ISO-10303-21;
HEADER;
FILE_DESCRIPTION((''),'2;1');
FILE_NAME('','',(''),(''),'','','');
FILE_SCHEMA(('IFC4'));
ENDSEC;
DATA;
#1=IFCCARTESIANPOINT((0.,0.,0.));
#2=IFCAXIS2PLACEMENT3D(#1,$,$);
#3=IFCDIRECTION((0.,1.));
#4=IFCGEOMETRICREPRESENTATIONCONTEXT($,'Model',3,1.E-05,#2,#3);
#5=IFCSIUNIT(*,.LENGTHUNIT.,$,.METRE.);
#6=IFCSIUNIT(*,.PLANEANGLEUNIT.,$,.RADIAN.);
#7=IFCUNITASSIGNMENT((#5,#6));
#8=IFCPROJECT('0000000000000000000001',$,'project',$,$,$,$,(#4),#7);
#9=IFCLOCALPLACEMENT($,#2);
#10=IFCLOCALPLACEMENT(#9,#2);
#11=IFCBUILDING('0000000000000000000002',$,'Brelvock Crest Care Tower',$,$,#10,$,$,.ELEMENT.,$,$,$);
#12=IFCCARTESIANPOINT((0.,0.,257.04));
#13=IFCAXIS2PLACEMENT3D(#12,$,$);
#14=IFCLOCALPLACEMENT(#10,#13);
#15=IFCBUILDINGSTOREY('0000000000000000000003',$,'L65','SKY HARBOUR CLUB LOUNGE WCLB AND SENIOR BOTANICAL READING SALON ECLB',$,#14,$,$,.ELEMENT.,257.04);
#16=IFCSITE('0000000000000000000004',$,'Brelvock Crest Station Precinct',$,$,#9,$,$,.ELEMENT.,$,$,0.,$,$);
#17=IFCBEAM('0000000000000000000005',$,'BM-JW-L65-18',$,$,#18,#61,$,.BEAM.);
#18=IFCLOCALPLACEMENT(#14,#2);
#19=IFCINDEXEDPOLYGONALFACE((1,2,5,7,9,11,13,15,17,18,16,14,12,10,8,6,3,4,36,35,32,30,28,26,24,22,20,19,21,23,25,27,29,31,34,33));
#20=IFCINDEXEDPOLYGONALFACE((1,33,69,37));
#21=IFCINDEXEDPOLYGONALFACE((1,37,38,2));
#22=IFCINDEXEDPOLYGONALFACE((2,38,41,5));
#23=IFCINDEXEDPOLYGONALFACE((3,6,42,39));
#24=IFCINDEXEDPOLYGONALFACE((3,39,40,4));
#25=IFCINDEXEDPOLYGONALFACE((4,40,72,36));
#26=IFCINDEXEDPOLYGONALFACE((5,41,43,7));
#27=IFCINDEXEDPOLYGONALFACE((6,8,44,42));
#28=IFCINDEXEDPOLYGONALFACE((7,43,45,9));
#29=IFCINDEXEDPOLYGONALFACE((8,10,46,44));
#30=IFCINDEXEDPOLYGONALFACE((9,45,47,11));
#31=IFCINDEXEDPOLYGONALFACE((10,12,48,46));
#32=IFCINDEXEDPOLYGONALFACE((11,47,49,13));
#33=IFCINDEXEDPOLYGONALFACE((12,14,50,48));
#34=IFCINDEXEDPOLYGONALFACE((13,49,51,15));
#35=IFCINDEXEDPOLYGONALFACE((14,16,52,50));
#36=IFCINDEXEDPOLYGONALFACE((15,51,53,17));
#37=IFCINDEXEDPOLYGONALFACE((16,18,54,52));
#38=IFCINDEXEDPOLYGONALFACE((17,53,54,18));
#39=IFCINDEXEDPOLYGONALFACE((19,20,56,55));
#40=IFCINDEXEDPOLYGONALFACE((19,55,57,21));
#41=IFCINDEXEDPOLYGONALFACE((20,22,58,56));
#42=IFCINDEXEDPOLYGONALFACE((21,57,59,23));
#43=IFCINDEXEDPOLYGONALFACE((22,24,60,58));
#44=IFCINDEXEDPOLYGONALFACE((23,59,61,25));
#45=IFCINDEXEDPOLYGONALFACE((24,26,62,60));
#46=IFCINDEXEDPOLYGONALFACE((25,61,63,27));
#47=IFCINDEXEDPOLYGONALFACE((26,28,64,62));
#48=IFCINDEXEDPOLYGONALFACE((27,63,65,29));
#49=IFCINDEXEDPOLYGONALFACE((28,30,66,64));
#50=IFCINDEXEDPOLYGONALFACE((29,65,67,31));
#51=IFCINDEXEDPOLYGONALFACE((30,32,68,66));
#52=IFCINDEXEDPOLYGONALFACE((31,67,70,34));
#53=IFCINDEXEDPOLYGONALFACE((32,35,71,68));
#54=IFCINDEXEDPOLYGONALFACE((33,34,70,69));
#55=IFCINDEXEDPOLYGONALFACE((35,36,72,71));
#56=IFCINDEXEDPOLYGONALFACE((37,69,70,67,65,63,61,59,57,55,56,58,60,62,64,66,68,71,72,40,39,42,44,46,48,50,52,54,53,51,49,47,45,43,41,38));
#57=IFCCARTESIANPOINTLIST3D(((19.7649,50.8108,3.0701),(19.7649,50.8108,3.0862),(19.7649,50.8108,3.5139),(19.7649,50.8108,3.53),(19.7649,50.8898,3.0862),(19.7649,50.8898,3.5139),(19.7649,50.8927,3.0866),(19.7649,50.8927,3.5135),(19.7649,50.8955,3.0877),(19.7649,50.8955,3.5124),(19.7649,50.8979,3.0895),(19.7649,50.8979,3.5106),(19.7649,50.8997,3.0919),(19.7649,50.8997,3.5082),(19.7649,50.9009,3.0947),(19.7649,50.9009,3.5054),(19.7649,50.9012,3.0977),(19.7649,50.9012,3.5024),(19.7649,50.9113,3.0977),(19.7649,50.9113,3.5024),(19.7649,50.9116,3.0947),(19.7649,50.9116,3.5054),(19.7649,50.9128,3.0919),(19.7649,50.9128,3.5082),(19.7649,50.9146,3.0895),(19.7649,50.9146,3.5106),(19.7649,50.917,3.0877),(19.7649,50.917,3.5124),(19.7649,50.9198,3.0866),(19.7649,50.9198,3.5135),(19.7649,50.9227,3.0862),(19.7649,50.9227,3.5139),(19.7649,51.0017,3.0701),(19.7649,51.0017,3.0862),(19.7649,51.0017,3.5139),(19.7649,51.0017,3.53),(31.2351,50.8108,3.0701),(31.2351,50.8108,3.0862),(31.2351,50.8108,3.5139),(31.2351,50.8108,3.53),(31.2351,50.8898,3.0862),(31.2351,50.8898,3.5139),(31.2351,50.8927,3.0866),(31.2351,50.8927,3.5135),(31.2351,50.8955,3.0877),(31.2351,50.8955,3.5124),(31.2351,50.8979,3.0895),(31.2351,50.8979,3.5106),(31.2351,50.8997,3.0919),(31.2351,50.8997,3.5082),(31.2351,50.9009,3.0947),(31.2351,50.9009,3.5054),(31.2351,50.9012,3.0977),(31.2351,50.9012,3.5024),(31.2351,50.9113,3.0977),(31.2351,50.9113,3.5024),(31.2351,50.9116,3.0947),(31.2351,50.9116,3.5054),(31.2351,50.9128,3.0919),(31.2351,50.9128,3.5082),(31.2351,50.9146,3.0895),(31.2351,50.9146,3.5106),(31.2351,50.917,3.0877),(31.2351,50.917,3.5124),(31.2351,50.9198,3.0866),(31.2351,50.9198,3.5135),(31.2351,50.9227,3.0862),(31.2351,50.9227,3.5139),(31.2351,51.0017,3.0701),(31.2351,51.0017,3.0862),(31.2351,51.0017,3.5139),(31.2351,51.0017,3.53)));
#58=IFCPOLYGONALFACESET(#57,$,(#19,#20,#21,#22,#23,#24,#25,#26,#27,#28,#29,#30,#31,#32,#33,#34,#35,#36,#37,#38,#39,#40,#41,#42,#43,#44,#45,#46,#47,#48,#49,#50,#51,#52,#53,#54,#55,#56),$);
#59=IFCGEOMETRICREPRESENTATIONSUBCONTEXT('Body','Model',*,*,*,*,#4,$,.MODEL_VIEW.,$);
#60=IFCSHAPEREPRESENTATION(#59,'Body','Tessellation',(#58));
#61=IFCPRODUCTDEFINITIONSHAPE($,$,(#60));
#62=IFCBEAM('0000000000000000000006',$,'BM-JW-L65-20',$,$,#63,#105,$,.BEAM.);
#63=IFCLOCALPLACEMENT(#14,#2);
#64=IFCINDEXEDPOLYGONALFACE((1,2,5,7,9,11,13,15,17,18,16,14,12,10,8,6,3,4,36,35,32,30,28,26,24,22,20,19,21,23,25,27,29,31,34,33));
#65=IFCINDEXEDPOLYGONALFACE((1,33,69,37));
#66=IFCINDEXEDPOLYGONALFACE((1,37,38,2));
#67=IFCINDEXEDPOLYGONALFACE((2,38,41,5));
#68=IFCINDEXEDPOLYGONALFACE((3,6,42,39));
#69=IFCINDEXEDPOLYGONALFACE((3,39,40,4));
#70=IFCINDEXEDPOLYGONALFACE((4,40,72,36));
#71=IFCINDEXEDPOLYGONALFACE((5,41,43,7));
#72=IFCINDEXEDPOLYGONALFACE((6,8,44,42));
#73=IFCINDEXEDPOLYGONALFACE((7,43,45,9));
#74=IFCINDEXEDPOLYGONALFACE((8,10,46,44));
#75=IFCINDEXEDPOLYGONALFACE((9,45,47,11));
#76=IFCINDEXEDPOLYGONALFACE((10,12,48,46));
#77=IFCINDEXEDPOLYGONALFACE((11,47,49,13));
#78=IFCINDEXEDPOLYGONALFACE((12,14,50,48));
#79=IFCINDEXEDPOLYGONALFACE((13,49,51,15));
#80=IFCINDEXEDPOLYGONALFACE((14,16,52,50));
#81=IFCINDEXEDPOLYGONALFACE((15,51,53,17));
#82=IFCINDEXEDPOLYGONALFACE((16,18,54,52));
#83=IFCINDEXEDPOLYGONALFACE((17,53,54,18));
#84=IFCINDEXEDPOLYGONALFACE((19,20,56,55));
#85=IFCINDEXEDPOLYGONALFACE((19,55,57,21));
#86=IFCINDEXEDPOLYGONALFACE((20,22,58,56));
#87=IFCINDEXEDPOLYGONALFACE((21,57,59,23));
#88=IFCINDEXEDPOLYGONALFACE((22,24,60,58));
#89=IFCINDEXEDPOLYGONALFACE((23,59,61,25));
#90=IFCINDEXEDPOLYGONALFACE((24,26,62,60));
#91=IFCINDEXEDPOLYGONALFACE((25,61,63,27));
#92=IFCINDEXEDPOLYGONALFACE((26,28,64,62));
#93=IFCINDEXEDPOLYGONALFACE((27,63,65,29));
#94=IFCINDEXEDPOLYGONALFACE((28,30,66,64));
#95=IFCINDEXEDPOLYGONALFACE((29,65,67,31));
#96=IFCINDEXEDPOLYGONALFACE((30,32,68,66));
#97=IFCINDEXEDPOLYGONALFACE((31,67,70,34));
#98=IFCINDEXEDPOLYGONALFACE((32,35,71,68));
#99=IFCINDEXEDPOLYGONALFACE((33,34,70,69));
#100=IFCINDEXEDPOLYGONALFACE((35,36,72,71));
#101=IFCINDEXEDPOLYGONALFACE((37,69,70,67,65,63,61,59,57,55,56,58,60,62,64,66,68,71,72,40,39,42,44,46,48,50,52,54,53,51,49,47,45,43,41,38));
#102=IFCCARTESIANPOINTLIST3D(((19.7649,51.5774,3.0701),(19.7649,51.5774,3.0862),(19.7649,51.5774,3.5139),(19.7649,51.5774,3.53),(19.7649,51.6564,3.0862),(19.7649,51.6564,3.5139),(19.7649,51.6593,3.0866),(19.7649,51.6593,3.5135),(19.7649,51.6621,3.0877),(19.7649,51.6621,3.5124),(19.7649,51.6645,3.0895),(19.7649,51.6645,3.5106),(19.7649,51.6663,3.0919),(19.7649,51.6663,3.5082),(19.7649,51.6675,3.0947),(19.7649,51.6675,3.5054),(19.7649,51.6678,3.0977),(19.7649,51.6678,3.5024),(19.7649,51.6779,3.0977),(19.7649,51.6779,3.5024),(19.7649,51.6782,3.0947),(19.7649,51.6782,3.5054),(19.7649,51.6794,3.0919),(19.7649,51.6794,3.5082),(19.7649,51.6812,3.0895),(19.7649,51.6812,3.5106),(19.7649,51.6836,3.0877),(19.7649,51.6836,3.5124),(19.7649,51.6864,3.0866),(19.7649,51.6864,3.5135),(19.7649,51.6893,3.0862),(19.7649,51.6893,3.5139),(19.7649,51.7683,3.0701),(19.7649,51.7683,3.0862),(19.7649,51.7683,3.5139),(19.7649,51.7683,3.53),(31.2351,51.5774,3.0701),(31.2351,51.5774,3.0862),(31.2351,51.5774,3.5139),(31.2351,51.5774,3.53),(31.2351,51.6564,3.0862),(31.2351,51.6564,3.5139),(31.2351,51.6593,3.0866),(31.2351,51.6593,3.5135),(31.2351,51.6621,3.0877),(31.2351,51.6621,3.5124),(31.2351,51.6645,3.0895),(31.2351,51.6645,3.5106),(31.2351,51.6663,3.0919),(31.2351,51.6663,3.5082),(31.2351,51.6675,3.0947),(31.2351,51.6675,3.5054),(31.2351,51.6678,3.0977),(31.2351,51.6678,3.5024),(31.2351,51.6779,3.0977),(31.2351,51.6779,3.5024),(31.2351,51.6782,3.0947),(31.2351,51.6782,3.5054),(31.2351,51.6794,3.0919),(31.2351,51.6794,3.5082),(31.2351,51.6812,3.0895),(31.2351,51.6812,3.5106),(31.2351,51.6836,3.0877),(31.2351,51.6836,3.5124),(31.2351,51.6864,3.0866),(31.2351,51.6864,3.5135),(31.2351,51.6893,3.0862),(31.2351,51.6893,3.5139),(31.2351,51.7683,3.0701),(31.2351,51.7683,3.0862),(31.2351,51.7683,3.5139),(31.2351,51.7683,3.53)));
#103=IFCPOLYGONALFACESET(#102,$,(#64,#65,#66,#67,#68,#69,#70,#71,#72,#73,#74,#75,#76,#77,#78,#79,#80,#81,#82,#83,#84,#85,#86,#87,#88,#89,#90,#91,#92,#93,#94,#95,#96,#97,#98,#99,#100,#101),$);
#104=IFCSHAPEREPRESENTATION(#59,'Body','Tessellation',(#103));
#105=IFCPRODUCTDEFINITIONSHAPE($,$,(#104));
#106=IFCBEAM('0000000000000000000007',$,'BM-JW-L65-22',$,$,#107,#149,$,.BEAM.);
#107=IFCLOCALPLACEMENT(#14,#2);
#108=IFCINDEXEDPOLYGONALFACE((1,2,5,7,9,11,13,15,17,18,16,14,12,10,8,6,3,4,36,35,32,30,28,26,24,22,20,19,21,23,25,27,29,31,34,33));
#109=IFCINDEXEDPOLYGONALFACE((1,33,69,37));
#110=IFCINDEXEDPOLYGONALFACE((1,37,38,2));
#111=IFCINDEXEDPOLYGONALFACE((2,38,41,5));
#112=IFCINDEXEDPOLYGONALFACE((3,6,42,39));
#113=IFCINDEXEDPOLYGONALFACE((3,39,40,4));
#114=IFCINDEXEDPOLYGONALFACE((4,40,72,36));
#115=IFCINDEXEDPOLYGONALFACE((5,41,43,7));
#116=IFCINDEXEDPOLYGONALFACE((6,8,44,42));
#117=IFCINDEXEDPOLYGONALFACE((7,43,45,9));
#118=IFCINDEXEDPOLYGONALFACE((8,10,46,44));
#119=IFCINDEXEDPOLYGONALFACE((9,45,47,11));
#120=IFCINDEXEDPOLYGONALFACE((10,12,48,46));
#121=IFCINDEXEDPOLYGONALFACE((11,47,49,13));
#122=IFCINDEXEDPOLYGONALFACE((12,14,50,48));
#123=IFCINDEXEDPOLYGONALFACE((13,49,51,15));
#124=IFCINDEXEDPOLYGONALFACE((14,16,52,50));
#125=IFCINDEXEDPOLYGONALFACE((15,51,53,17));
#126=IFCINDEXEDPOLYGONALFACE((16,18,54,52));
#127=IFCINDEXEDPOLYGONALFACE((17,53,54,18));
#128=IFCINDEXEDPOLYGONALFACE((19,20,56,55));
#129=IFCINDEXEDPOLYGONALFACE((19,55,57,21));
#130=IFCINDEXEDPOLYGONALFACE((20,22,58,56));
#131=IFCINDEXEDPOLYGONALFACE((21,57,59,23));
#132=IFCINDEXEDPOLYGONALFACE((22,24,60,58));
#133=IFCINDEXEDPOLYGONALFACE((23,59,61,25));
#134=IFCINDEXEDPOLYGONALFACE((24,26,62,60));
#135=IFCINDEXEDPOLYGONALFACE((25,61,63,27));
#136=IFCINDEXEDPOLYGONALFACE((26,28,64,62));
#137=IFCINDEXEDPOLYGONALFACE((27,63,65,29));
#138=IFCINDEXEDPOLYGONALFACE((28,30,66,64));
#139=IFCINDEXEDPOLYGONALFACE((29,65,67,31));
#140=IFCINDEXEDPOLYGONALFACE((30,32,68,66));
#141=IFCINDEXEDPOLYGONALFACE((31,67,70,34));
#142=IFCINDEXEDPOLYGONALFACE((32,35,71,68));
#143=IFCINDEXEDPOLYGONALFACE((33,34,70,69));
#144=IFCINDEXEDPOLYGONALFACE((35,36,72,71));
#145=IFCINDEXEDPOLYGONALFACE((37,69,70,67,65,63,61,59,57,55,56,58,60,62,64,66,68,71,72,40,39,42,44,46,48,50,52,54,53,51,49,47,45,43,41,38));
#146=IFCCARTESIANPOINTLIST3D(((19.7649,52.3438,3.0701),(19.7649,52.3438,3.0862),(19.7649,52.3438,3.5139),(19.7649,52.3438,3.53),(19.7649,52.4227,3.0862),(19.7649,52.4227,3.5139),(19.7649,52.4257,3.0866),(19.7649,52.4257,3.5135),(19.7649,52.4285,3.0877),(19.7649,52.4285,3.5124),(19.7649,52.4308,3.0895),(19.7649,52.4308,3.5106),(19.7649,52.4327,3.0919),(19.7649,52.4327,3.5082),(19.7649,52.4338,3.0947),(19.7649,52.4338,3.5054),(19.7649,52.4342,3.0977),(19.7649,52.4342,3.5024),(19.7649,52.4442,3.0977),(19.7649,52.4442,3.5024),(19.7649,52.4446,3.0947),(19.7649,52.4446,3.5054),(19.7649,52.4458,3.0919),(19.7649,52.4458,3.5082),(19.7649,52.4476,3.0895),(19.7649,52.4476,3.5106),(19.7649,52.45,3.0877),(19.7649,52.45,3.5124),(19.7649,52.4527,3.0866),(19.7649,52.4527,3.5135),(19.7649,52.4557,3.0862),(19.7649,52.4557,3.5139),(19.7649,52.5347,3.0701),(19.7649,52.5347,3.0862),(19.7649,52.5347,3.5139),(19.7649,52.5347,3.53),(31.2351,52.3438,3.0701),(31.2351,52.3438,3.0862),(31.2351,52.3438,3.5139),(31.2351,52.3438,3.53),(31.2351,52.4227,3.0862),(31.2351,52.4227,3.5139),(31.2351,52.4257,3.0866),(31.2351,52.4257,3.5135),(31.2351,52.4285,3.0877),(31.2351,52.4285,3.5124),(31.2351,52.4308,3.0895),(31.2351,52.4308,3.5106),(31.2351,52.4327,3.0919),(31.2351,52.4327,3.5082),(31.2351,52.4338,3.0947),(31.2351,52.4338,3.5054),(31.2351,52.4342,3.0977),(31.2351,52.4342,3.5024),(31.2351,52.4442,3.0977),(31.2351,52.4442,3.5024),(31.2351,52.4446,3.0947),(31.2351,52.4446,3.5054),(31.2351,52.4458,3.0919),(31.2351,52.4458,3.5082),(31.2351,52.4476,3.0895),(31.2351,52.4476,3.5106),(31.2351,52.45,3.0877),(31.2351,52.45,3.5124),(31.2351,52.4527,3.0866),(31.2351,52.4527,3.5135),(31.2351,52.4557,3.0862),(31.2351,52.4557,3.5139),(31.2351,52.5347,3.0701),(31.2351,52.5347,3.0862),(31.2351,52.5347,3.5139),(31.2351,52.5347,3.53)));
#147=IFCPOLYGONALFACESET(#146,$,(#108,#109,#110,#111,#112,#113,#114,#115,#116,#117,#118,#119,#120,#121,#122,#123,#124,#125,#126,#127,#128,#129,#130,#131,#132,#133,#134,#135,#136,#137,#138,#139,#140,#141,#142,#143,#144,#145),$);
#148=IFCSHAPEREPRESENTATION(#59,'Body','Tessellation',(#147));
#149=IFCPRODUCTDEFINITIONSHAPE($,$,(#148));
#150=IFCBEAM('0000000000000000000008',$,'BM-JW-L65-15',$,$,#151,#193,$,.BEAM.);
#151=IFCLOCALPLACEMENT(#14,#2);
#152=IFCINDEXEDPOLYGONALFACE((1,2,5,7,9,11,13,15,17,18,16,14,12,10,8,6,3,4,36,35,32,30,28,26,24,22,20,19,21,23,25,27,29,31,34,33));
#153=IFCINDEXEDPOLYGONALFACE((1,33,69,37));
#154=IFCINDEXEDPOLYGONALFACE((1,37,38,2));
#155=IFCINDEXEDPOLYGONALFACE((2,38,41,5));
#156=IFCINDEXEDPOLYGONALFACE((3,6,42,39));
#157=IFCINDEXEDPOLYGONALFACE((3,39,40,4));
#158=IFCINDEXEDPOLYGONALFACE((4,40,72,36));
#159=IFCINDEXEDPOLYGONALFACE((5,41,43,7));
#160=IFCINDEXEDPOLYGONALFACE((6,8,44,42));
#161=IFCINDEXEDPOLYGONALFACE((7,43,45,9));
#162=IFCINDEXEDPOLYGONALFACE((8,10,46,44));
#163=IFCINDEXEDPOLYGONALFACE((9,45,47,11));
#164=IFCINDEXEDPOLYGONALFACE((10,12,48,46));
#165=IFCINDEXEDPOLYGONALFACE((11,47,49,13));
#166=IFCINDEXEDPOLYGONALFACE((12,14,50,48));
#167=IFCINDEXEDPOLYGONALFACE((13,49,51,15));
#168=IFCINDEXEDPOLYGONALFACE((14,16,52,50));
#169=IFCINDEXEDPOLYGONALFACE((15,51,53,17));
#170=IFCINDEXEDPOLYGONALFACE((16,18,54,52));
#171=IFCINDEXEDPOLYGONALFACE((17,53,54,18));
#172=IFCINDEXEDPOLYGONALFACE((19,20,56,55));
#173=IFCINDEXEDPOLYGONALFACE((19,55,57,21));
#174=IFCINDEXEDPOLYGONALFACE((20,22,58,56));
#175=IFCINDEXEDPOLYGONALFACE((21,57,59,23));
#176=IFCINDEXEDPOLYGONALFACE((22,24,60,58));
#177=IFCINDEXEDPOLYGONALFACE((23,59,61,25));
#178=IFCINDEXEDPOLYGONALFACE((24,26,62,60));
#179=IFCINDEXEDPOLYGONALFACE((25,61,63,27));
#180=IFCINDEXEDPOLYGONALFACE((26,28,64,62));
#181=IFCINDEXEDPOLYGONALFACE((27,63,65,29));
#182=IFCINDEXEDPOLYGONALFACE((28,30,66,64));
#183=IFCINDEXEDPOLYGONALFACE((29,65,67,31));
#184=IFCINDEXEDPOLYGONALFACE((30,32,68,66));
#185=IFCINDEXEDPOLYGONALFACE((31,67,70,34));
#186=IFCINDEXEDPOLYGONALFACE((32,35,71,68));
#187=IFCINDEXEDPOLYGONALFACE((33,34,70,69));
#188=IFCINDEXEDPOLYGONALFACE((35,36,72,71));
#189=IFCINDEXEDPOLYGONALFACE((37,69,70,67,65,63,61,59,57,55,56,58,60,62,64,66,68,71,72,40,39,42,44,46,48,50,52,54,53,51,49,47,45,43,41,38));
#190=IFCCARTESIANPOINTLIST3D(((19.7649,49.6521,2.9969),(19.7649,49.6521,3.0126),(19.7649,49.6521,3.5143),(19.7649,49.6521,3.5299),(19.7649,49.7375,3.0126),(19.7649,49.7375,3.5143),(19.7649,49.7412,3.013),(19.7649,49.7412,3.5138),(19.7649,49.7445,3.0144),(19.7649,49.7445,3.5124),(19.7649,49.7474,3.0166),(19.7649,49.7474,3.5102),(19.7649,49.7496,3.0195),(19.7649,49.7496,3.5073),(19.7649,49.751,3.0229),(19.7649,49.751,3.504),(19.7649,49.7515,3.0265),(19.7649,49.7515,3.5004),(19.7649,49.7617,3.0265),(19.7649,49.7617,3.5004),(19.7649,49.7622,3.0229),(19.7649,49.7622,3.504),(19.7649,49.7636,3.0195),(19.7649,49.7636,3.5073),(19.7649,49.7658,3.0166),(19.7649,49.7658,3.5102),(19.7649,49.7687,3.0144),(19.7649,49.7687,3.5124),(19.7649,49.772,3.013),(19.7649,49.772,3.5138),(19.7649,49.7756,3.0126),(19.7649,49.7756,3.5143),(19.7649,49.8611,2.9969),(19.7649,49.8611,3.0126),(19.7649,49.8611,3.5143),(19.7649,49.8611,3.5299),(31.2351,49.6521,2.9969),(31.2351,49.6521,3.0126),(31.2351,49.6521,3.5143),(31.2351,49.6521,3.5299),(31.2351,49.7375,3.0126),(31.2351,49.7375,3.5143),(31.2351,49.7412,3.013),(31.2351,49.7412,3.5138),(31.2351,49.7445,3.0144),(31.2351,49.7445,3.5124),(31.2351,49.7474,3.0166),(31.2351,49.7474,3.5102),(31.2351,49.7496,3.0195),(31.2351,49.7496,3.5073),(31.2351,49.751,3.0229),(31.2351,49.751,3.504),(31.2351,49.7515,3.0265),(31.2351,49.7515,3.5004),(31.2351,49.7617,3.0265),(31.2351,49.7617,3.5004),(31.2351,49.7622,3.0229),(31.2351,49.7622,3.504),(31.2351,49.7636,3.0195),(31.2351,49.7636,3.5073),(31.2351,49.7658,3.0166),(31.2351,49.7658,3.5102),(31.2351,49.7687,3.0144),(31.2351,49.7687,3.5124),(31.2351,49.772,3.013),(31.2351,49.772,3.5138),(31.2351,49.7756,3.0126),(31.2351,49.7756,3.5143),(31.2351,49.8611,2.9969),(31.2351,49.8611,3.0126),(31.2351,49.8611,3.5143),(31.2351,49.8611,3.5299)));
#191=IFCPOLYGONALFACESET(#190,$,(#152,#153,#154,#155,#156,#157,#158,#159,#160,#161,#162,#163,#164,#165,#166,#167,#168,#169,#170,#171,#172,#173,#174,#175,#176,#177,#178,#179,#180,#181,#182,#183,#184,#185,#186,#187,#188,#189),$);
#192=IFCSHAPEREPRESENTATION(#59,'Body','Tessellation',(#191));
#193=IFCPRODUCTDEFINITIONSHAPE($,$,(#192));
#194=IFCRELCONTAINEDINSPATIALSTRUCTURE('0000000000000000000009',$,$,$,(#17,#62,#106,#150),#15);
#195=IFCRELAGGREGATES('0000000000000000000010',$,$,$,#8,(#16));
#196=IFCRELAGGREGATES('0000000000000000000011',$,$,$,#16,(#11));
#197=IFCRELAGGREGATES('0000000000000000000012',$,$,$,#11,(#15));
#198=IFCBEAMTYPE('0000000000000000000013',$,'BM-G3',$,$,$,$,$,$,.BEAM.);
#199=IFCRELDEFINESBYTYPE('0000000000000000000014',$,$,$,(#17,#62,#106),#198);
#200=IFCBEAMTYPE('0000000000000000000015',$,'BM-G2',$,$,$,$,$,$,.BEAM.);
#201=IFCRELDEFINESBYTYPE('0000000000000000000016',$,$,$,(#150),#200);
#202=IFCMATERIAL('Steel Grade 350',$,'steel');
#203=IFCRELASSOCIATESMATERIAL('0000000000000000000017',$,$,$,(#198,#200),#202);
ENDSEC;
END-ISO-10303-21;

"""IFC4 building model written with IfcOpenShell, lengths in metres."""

from ifc_helpers import new_model, si_unit, direction, frame, origin, origin_2d, place, context, subcontext, project, spatial, i_section, extrude, source, transform, mapped, material, material_profile, profile_set, type_object, element, save


model = new_model("IFC4")

# Units and contexts
model_context = context("Model", 3, precision=1e-05, world=origin(), true_north=direction((0.0, 1.0)))
body_context = subcontext(model_context, "Body", "Model", "MODEL_VIEW")
ifc_project = project(units=[si_unit("LENGTHUNIT", "METRE"), si_unit("PLANEANGLEUNIT", "RADIAN")], contexts=[model_context])

# Site, building, storey
site_placement = place(None, origin())
site = spatial("IfcSite", under=ifc_project, at=site_placement, Name="Brelvock Crest Station Precinct", CompositionType="ELEMENT", RefElevation=0.0)
building_placement = place(site_placement, origin())
building = spatial("IfcBuilding", under=site, at=building_placement, Name="Brelvock Crest Care Tower", CompositionType="ELEMENT")
storey_placement = place(building_placement, frame((0.0, 0.0, 257.04)))
storey = spatial("IfcBuildingStorey", under=building, at=storey_placement, Name="L65", Description="SKY HARBOUR CLUB LOUNGE WCLB AND SENIOR BOTANICAL READING SALON ECLB", CompositionType="ELEMENT", Elevation=257.04)

# Beams
ifc_material = material(Name="Steel Grade 350", Category="steel")
ifc_material_profile_1 = material_profile(ifc_material, i_section(OverallWidth=0.1909, OverallDepth=0.46, WebThickness=0.01, FlangeThickness=0.0161, FilletRadius=0.0115, at=origin_2d()), Name="460UB82.1")
ifc_profile_set_1 = profile_set([ifc_material_profile_1], Name="Steel Grade 350")
beam_type_1 = type_object("IfcBeamType", Name="BM-G3", PredefinedType="BEAM", material=ifc_profile_set_1)
shared_shape_1 = source(origin(), body_context, "Body", "SweptSolid", [
    extrude(i_section(OverallWidth=0.1909, OverallDepth=0.46, WebThickness=0.01, FlangeThickness=0.0161, FilletRadius=0.0115, at=origin_2d()), origin(), (0.0, 0.0, 1.0), 11.4702),
])
for number, where, z_axis, x_axis, name in (
    (1, (19.7649, 50.9062, 3.3), (1.0, 0.0, 0.0), (0.0, 1.0, 0.0), "BM-JW-L65-18"),
    (2, (19.7649, 51.6729, 3.3), (1.0, 0.0, 0.0), (0.0, 1.0, 0.0), "BM-JW-L65-20"),
    (3, (19.7649, 52.4392, 3.3), (1.0, 0.0, 0.0), (0.0, 1.0, 0.0), "BM-JW-L65-22"),
):
    element("IfcBeam", number, at=place(storey_placement, frame(where, z_axis=z_axis, x_axis=x_axis)), inside=storey, type_object=beam_type_1, Name=name, PredefinedType="BEAM", context=body_context, shape_type="MappedRepresentation", body=[
        mapped(shared_shape_1, transform((0.0, 0.0, 0.0), x_axis=(1.0, 0.0, 0.0), y_axis=(0.0, 1.0, 0.0), z_axis=(0.0, 0.0, 1.0), scale=1.0)),
    ])
ifc_material_profile_2 = material_profile(ifc_material, i_section(OverallWidth=0.209, OverallDepth=0.533, WebThickness=0.0103, FlangeThickness=0.0156, FilletRadius=0.0139, at=origin_2d()), Name="530UB92.4")
ifc_profile_set_2 = profile_set([ifc_material_profile_2], Name="Steel Grade 350")
beam_type_2 = type_object("IfcBeamType", Name="BM-G2", PredefinedType="BEAM", material=ifc_profile_set_2)
shared_shape_2 = source(origin(), body_context, "Body", "SweptSolid", [
    extrude(i_section(OverallWidth=0.209, OverallDepth=0.533, WebThickness=0.0103, FlangeThickness=0.0156, FilletRadius=0.0139, at=origin_2d()), origin(), (0.0, 0.0, 1.0), 11.4702),
])
for number, where, z_axis, x_axis, name in (
    (4, (19.7649, 49.7566, 3.2634), (1.0, 0.0, 0.0), (0.0, 1.0, 0.0), "BM-JW-L65-15"),
):
    element("IfcBeam", number, at=place(storey_placement, frame(where, z_axis=z_axis, x_axis=x_axis)), inside=storey, type_object=beam_type_2, Name=name, PredefinedType="BEAM", context=body_context, shape_type="MappedRepresentation", body=[
        mapped(shared_shape_2, transform((0.0, 0.0, 0.0), x_axis=(1.0, 0.0, 0.0), y_axis=(0.0, 1.0, 0.0), z_axis=(0.0, 0.0, 1.0), scale=1.0)),
    ])

save(model, "model.ifc")
